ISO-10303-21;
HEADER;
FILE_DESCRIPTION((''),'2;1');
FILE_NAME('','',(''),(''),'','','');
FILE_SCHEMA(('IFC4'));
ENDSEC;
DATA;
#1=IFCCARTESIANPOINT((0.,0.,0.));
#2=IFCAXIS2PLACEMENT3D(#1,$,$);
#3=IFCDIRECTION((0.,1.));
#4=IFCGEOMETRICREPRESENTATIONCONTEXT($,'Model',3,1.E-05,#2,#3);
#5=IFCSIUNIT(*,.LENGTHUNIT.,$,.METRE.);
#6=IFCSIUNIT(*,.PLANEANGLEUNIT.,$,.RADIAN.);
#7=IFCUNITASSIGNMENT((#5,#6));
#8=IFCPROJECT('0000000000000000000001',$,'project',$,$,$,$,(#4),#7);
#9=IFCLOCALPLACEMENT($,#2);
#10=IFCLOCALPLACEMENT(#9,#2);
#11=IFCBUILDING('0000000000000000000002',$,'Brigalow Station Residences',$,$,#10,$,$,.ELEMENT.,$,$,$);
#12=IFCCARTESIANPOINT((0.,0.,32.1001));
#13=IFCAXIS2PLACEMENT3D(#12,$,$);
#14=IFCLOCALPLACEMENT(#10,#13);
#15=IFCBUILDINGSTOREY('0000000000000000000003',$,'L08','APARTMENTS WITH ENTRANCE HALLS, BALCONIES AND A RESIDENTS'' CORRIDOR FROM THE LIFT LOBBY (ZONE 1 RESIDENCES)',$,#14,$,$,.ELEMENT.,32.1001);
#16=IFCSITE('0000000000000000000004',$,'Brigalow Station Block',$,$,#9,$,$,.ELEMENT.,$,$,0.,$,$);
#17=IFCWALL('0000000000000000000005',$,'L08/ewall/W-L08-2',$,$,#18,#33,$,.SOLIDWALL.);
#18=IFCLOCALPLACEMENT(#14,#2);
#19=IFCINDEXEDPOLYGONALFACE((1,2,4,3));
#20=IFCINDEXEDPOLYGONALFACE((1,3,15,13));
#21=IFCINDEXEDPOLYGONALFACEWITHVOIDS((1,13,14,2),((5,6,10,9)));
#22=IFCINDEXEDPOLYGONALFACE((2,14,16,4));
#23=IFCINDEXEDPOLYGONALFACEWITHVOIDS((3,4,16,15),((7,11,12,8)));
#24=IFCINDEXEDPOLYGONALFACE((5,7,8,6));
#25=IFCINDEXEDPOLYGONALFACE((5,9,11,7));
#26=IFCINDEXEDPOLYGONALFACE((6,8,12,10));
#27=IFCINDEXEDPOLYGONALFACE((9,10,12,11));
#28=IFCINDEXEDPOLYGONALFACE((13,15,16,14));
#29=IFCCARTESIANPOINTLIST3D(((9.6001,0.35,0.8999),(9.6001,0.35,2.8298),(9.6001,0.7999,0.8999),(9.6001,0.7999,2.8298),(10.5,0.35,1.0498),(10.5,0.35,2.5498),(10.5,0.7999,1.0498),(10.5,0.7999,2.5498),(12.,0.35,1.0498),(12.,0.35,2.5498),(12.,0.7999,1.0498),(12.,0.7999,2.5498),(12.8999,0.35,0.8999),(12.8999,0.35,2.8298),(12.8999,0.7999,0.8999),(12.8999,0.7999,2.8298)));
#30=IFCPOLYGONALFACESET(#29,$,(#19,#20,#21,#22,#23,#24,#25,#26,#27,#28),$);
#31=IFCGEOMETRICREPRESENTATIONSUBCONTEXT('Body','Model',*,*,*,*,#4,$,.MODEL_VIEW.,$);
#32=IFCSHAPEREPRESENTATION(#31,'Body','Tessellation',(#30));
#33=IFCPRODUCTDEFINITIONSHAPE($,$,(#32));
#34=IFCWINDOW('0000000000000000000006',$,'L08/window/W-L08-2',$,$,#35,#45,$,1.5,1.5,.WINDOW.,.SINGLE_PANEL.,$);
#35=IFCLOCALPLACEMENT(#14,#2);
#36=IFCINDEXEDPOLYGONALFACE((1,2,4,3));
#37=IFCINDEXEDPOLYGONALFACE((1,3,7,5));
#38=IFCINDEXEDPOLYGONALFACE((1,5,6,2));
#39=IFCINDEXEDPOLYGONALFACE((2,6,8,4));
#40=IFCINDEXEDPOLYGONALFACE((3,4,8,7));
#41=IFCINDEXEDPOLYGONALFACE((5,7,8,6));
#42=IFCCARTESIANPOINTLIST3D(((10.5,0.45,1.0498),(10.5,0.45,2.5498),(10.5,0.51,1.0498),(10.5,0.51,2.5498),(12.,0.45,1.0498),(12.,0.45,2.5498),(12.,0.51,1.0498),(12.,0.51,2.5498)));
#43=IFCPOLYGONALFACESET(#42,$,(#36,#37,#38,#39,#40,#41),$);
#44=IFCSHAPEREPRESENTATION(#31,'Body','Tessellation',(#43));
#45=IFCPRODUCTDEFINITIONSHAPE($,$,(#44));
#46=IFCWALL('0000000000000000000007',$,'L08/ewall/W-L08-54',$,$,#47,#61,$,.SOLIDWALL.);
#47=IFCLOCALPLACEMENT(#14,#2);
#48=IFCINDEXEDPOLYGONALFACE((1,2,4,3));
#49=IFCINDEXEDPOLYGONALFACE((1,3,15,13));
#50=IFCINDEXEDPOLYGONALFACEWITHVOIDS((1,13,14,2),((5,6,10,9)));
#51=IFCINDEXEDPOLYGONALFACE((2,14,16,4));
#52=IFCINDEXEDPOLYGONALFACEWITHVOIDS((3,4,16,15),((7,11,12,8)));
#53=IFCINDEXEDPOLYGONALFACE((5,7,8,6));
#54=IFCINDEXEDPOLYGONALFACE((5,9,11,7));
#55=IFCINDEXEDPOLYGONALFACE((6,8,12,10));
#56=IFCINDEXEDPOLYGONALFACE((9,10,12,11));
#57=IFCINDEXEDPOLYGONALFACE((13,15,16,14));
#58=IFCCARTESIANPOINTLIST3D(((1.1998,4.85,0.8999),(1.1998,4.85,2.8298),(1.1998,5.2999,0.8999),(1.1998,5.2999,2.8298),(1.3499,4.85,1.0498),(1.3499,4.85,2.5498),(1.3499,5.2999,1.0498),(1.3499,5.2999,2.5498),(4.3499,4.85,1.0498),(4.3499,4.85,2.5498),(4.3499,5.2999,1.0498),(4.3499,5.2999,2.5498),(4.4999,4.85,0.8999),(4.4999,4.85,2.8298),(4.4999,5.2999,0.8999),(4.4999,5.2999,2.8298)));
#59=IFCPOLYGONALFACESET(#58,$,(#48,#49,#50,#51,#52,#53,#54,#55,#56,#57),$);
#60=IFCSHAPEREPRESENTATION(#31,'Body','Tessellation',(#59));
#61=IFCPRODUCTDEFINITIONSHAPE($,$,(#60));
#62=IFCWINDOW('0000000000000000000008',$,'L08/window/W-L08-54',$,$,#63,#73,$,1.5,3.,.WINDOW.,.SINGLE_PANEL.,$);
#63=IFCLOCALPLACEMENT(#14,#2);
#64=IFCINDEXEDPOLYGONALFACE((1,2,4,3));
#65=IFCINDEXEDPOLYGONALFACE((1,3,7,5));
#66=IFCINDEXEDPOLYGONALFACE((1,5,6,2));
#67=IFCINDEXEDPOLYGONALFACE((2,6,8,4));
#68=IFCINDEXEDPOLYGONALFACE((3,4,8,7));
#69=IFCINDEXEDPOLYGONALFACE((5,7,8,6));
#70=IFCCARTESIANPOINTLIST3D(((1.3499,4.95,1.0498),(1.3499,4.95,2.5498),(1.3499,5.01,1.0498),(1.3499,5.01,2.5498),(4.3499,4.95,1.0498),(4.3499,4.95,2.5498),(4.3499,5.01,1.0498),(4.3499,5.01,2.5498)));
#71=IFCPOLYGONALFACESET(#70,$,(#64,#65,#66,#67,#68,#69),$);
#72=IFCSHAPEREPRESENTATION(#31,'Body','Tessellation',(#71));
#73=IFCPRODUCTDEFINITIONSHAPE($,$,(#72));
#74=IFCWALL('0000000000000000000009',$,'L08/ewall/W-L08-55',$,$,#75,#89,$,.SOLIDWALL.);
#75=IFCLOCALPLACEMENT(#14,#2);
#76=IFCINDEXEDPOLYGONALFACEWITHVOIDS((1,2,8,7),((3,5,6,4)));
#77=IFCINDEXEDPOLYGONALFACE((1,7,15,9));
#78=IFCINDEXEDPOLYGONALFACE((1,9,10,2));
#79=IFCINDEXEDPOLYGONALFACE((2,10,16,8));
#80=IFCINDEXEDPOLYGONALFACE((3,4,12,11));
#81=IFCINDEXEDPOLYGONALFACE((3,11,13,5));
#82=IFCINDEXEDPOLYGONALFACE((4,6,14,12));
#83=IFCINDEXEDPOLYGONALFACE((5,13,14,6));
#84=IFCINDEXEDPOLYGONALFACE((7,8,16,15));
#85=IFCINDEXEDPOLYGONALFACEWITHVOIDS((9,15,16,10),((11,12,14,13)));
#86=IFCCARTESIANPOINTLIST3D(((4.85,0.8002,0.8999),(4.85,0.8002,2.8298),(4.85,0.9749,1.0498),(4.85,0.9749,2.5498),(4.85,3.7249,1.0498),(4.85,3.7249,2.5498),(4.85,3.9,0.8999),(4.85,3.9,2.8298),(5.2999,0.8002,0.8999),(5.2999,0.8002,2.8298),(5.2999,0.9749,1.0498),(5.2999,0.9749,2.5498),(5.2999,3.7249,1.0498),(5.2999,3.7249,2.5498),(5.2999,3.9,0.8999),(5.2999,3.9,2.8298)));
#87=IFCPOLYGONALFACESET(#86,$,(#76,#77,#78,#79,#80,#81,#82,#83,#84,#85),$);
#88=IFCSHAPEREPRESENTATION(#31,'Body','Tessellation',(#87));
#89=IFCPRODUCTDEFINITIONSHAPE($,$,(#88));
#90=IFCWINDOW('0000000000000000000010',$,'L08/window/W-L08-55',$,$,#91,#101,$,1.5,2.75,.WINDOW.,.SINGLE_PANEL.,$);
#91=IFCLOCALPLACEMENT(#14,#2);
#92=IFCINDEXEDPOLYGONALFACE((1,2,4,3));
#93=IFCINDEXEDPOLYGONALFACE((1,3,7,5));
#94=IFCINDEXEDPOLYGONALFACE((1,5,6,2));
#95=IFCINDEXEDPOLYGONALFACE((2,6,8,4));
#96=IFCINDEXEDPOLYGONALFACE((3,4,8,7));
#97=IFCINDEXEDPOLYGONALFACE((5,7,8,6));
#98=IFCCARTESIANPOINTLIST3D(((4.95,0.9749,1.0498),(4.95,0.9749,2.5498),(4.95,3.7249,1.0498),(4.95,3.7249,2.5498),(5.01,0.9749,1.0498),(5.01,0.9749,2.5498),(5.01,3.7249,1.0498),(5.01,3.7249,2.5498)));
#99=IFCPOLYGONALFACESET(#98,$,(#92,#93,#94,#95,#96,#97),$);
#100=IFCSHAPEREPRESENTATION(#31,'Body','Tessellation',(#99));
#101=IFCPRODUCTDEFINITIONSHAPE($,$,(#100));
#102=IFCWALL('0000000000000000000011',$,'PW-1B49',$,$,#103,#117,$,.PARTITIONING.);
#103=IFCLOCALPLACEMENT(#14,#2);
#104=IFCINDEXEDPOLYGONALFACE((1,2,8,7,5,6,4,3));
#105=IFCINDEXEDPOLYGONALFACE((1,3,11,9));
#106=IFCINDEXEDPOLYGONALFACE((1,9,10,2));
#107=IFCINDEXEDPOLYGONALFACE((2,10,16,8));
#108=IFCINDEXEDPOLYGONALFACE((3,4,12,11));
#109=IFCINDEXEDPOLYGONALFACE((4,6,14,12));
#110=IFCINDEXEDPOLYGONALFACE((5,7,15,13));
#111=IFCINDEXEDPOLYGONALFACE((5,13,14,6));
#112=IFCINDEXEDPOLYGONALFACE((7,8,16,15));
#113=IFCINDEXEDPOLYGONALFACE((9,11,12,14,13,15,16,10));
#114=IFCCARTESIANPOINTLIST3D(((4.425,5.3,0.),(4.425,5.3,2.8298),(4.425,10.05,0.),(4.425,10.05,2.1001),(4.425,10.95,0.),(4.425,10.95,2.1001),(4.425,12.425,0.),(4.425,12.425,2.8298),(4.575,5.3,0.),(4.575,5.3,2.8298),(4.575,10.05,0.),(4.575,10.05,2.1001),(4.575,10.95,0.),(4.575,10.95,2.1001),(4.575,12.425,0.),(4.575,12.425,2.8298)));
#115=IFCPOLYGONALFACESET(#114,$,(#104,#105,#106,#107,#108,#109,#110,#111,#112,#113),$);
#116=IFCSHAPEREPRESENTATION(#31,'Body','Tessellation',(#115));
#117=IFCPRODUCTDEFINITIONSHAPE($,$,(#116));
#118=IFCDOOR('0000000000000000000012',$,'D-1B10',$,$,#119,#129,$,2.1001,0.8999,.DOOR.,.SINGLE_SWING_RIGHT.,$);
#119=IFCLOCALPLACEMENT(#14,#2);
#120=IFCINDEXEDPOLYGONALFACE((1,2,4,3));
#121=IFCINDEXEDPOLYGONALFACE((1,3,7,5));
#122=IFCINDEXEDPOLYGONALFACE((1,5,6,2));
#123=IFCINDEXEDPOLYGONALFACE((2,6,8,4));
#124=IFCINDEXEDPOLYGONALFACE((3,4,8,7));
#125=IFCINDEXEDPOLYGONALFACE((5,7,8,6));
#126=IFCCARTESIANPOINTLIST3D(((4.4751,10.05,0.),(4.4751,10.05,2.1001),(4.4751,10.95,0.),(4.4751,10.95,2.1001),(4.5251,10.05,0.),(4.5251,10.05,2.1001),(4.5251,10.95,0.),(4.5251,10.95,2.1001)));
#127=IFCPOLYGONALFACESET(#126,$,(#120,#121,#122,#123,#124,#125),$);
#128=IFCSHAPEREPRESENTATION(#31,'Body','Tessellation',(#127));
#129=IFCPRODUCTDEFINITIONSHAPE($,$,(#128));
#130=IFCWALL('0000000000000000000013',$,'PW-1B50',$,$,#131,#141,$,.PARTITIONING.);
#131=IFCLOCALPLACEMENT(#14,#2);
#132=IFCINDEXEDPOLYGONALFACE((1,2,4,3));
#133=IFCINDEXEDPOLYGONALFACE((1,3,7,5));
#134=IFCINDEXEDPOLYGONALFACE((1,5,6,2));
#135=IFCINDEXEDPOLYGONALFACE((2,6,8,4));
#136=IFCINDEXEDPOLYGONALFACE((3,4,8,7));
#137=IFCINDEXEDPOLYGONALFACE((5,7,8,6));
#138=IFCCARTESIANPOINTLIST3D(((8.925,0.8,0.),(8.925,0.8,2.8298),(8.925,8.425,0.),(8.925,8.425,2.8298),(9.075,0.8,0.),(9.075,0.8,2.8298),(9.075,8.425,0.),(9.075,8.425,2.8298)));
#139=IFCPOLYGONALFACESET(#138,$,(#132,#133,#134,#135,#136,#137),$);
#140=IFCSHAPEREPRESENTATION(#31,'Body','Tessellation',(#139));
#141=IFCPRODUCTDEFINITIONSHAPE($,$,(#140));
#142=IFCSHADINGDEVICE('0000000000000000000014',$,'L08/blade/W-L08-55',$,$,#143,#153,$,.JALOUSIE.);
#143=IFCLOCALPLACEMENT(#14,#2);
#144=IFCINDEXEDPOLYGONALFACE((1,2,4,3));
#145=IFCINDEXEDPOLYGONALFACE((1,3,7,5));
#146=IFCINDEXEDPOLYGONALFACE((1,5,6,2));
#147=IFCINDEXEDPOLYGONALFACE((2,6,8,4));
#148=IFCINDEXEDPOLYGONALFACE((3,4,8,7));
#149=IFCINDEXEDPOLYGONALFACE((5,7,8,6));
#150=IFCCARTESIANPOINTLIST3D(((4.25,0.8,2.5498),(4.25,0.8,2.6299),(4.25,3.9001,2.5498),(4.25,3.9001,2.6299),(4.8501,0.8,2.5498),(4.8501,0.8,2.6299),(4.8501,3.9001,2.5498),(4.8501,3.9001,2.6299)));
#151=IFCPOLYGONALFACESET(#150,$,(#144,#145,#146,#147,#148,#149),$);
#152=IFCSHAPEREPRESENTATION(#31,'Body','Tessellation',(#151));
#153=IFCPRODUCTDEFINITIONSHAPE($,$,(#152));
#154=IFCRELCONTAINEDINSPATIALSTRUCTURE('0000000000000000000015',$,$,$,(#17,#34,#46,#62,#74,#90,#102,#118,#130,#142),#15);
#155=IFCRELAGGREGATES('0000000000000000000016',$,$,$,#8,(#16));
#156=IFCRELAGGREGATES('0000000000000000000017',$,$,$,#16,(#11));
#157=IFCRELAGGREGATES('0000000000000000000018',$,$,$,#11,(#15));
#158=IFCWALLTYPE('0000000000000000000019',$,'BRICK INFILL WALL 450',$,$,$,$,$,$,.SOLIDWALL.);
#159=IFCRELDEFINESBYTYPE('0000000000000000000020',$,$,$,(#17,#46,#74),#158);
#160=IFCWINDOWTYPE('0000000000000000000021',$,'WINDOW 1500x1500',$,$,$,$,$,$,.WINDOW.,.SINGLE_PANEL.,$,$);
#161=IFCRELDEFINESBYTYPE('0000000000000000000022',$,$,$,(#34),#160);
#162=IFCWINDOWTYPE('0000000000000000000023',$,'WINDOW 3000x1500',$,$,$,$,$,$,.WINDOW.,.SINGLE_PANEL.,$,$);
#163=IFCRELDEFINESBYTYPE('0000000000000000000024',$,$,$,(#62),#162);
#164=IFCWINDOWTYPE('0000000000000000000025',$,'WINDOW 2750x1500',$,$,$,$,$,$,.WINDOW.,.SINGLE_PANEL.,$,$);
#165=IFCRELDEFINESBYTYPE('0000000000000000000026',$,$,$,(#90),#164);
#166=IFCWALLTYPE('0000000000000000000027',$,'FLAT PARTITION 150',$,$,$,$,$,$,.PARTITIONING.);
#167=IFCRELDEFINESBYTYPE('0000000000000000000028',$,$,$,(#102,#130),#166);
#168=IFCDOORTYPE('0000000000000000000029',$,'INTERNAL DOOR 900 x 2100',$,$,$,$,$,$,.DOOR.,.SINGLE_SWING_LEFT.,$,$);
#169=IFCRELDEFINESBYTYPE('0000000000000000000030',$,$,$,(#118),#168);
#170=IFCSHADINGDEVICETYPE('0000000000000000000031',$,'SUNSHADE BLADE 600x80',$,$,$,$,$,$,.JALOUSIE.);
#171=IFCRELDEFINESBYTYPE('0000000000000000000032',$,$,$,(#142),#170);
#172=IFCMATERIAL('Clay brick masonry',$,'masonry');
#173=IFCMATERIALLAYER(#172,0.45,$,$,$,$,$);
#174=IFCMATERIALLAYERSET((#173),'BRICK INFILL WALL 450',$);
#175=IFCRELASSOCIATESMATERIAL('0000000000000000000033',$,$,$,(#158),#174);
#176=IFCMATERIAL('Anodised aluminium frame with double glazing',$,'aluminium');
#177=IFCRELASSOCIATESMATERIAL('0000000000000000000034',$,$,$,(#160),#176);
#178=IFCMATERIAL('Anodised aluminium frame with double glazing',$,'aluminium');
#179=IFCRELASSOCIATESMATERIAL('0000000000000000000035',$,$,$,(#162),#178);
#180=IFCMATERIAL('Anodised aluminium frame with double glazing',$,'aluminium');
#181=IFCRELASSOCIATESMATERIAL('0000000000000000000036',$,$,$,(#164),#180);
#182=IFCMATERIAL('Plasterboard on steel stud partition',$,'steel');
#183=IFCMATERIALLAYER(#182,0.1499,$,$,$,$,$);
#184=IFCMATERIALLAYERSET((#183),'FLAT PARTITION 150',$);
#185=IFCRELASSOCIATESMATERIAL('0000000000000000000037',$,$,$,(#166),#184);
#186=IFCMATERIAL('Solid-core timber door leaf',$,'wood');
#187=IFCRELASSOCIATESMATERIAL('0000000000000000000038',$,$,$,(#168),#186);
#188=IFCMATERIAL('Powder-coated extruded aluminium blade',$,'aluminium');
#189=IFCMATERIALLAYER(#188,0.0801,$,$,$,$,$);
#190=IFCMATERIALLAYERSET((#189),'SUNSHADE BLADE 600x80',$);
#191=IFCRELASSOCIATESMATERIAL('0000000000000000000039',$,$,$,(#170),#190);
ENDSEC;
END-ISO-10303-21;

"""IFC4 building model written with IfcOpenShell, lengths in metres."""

from ifc_helpers import new_model, si_unit, direction, frame, frame_2d, origin, origin_2d, place, context, subcontext, project, spatial, rectangle, extrude, material, layer, layer_set, type_object, element, fill, save


model = new_model("IFC4")

# Units and contexts
model_context = context("Model", 3, precision=1e-05, world=origin(), true_north=direction((0.0, 1.0)))
body_context = subcontext(model_context, "Body", "Model", "MODEL_VIEW")
ifc_project = project(units=[si_unit("LENGTHUNIT", "METRE"), si_unit("PLANEANGLEUNIT", "RADIAN")], contexts=[model_context])

# Site, building, storey
site_placement = place(None, origin())
site = spatial("IfcSite", under=ifc_project, at=site_placement, Name="Brigalow Station Block", CompositionType="ELEMENT", RefElevation=0.0)
building_placement = place(site_placement, origin())
building = spatial("IfcBuilding", under=site, at=building_placement, Name="Brigalow Station Residences", CompositionType="ELEMENT")
storey_placement = place(building_placement, frame((0.0, 0.0, 32.1001)))
storey = spatial("IfcBuildingStorey", under=building, at=storey_placement, Name="L08", Description="APARTMENTS WITH ENTRANCE HALLS, BALCONIES AND A RESIDENTS' CORRIDOR FROM THE LIFT LOBBY (ZONE 1 RESIDENCES)", CompositionType="ELEMENT", Elevation=32.1001)

# Walls, openings, windows
ifc_material_1 = material(Name="Clay brick masonry", Category="masonry")
ifc_layer_1 = layer(ifc_material_1, 0.45)
ifc_layer_set_1 = layer_set([ifc_layer_1], Name="BRICK INFILL WALL 450")
wall_type_1 = type_object("IfcWallType", Name="BRICK INFILL WALL 450", PredefinedType="SOLIDWALL", material=ifc_layer_set_1)
ifc_material_2 = material(Name="Anodised aluminium frame with double glazing", Category="aluminium")
window_type_1 = type_object("IfcWindowType", Name="WINDOW 1500x1500", PartitioningType="SINGLE_PANEL", PredefinedType="WINDOW", material=ifc_material_2)
wall_1_placement = place(storey_placement, frame((9.6001, 0.575, 0.8999), z_axis=(0.0, 0.0, 1.0), x_axis=(1.0, 0.0, 0.0)))
wall_1 = element("IfcWall", 1, at=wall_1_placement, inside=storey, type_object=wall_type_1, Name="L08/ewall/W-L08-2", PredefinedType="SOLIDWALL", context=body_context, shape_type="SweptSolid", body=[
    extrude(rectangle(XDim=3.2998, YDim=0.45, at=frame_2d((1.6499, 0.0))), origin(), (0.0, 0.0, 1.0), 1.9299),
])
opening_1_placement = place(wall_1_placement, frame((0.8999, 0.0, 0.1499)))
opening_1 = element("IfcOpeningElement", 2, at=opening_1_placement, cuts=wall_1, PredefinedType="OPENING", context=body_context, shape_type="SweptSolid", body=[
    extrude(rectangle(XDim=1.5, YDim=1.5, at=frame_2d((0.75, 0.75))), frame((0.0, 0.2349, 0.0), z_axis=(0.0, -1.0, 0.0), x_axis=(1.0, 0.0, 0.0)), (0.0, 0.0, 1.0), 0.47),
])
window_1_placement = place(opening_1_placement, origin())
window_1 = element("IfcWindow", 3, at=window_1_placement, inside=storey, type_object=window_type_1, Name="L08/window/W-L08-2", OverallHeight=1.5, OverallWidth=1.5, PartitioningType="SINGLE_PANEL", PredefinedType="WINDOW", context=body_context, shape_type="SweptSolid", body=[
    extrude(rectangle(XDim=1.5, YDim=1.5, at=frame_2d((0.75, 0.75))), frame((0.0, -0.0649, 0.0), z_axis=(0.0, -1.0, 0.0), x_axis=(1.0, 0.0, 0.0)), (0.0, 0.0, 1.0), 0.0601),
])
fill(opening_1, window_1)
wall_2_placement = place(storey_placement, frame((1.2, 5.075, 0.8999), z_axis=(0.0, 0.0, 1.0), x_axis=(1.0, 0.0, 0.0)))
wall_2 = element("IfcWall", 4, at=wall_2_placement, inside=storey, type_object=wall_type_1, Name="L08/ewall/W-L08-54", PredefinedType="SOLIDWALL", context=body_context, shape_type="SweptSolid", body=[
    extrude(rectangle(XDim=3.3, YDim=0.45, at=frame_2d((1.6499, 0.0))), origin(), (0.0, 0.0, 1.0), 1.9299),
])
opening_2_placement = place(wall_2_placement, frame((0.1499, 0.0, 0.1499)))
opening_2 = element("IfcOpeningElement", 5, at=opening_2_placement, cuts=wall_2, PredefinedType="OPENING", context=body_context, shape_type="SweptSolid", body=[
    extrude(rectangle(XDim=3.0, YDim=1.5, at=frame_2d((1.5, 0.75))), frame((0.0, 0.2349, 0.0), z_axis=(0.0, -1.0, 0.0), x_axis=(1.0, 0.0, 0.0)), (0.0, 0.0, 1.0), 0.47),
])
ifc_material_3 = material(Name="Anodised aluminium frame with double glazing", Category="aluminium")
window_type_2 = type_object("IfcWindowType", Name="WINDOW 3000x1500", PartitioningType="SINGLE_PANEL", PredefinedType="WINDOW", material=ifc_material_3)
window_2_placement = place(opening_2_placement, origin())
window_2 = element("IfcWindow", 6, at=window_2_placement, inside=storey, type_object=window_type_2, Name="L08/window/W-L08-54", OverallHeight=1.5, OverallWidth=3.0, PartitioningType="SINGLE_PANEL", PredefinedType="WINDOW", context=body_context, shape_type="SweptSolid", body=[
    extrude(rectangle(XDim=3.0, YDim=1.5, at=frame_2d((1.5, 0.75))), frame((0.0, -0.0649, 0.0), z_axis=(0.0, -1.0, 0.0), x_axis=(1.0, 0.0, 0.0)), (0.0, 0.0, 1.0), 0.0601),
])
fill(opening_2, window_2)
wall_3_placement = place(storey_placement, frame((5.075, 3.8999, 0.8999), z_axis=(0.0, 0.0, 1.0), x_axis=(0.0, -1.0, 0.0)))
wall_3 = element("IfcWall", 7, at=wall_3_placement, inside=storey, type_object=wall_type_1, Name="L08/ewall/W-L08-55", PredefinedType="SOLIDWALL", context=body_context, shape_type="SweptSolid", body=[
    extrude(rectangle(XDim=3.0999, YDim=0.45, at=frame_2d((1.5498, 0.0))), origin(), (0.0, 0.0, 1.0), 1.9299),
])
opening_3_placement = place(wall_3_placement, frame((0.175, 0.0, 0.1499)))
opening_3 = element("IfcOpeningElement", 8, at=opening_3_placement, cuts=wall_3, PredefinedType="OPENING", context=body_context, shape_type="SweptSolid", body=[
    extrude(rectangle(XDim=2.75, YDim=1.5, at=frame_2d((1.375, 0.75))), frame((0.0, 0.2349, 0.0), z_axis=(0.0, -1.0, 0.0), x_axis=(1.0, 0.0, 0.0)), (0.0, 0.0, 1.0), 0.47),
])
ifc_material_4 = material(Name="Anodised aluminium frame with double glazing", Category="aluminium")
window_type_3 = type_object("IfcWindowType", Name="WINDOW 2750x1500", PartitioningType="SINGLE_PANEL", PredefinedType="WINDOW", material=ifc_material_4)
window_3_placement = place(opening_3_placement, origin())
window_3 = element("IfcWindow", 9, at=window_3_placement, inside=storey, type_object=window_type_3, Name="L08/window/W-L08-55", OverallHeight=1.5, OverallWidth=2.75, PartitioningType="SINGLE_PANEL", PredefinedType="WINDOW", context=body_context, shape_type="SweptSolid", body=[
    extrude(rectangle(XDim=2.75, YDim=1.5, at=frame_2d((1.375, 0.75))), frame((0.0, -0.0649, 0.0), z_axis=(0.0, -1.0, 0.0), x_axis=(1.0, 0.0, 0.0)), (0.0, 0.0, 1.0), 0.0601),
])
fill(opening_3, window_3)

# Wall, opening, door
ifc_material_5 = material(Name="Plasterboard on steel stud partition", Category="steel")
ifc_layer_2 = layer(ifc_material_5, 0.1499)
ifc_layer_set_2 = layer_set([ifc_layer_2], Name="FLAT PARTITION 150")
wall_type_2 = type_object("IfcWallType", Name="FLAT PARTITION 150", PredefinedType="PARTITIONING", material=ifc_layer_set_2)
wall_4_placement = place(storey_placement, frame((4.5, 5.3, 0.0), z_axis=(0.0, 0.0, 1.0), x_axis=(0.0, 1.0, 0.0)))
wall_4 = element("IfcWall", 10, at=wall_4_placement, inside=storey, type_object=wall_type_2, Name="PW-1B49", PredefinedType="PARTITIONING", context=body_context, shape_type="SweptSolid", body=[
    extrude(rectangle(XDim=7.125, YDim=0.1499, at=frame_2d((3.5625, 0.0))), origin(), (0.0, 0.0, 1.0), 2.8298),
])
opening_4_placement = place(wall_4_placement, frame((4.75, 0.0, 0.0)))
opening_4 = element("IfcOpeningElement", 11, at=opening_4_placement, cuts=wall_4, PredefinedType="OPENING", context=body_context, shape_type="SweptSolid", body=[
    extrude(rectangle(XDim=0.8999, YDim=2.1001, at=frame_2d((0.45, 1.05))), frame((0.0, 0.085, 0.0), z_axis=(0.0, -1.0, 0.0), x_axis=(1.0, 0.0, 0.0)), (0.0, 0.0, 1.0), 0.1699),
])
ifc_material_6 = material(Name="Solid-core timber door leaf", Category="wood")
door_type = type_object("IfcDoorType", Name="INTERNAL DOOR 900 x 2100", OperationType="SINGLE_SWING_LEFT", PredefinedType="DOOR", material=ifc_material_6)
door_placement = place(opening_4_placement, origin())
door = element("IfcDoor", 12, at=door_placement, inside=storey, type_object=door_type, Name="D-1B10", OperationType="SINGLE_SWING_RIGHT", OverallHeight=2.1001, OverallWidth=0.8999, PredefinedType="DOOR", context=body_context, shape_type="SweptSolid", body=[
    extrude(rectangle(XDim=0.8999, YDim=2.1001, at=frame_2d((0.45, 1.05))), frame((0.0, 0.0249, 0.0), z_axis=(0.0, -1.0, 0.0), x_axis=(1.0, 0.0, 0.0)), (0.0, 0.0, 1.0), 0.05),
])
fill(opening_4, door)

# Wall
wall_5_placement = place(storey_placement, frame((9.0, 0.8, 0.0), z_axis=(0.0, 0.0, 1.0), x_axis=(0.0, 1.0, 0.0)))
element("IfcWall", 13, at=wall_5_placement, inside=storey, type_object=wall_type_2, Name="PW-1B50", PredefinedType="PARTITIONING", context=body_context, shape_type="SweptSolid", body=[
    extrude(rectangle(XDim=7.625, YDim=0.1499, at=frame_2d((3.8125, 0.0))), origin(), (0.0, 0.0, 1.0), 2.8298),
])

# Shading device
ifc_material_7 = material(Name="Powder-coated extruded aluminium blade", Category="aluminium")
ifc_layer_3 = layer(ifc_material_7, 0.0801)
ifc_layer_set_3 = layer_set([ifc_layer_3], Name="SUNSHADE BLADE 600x80")
shading_device_type = type_object("IfcShadingDeviceType", Name="SUNSHADE BLADE 600x80", PredefinedType="JALOUSIE", material=ifc_layer_set_3)
shading_device_placement = place(storey_placement, frame((4.55, 2.3501, 2.5498), z_axis=(0.0, 0.0, 1.0), x_axis=(0.0, -1.0, 0.0)))
element("IfcShadingDevice", 14, at=shading_device_placement, inside=storey, type_object=shading_device_type, Name="L08/blade/W-L08-55", PredefinedType="JALOUSIE", context=body_context, shape_type="SweptSolid", body=[
    extrude(rectangle(XDim=3.1001, YDim=0.6001, at=origin_2d()), origin(), (0.0, 0.0, 1.0), 0.0801),
])

save(model, "model.ifc")
